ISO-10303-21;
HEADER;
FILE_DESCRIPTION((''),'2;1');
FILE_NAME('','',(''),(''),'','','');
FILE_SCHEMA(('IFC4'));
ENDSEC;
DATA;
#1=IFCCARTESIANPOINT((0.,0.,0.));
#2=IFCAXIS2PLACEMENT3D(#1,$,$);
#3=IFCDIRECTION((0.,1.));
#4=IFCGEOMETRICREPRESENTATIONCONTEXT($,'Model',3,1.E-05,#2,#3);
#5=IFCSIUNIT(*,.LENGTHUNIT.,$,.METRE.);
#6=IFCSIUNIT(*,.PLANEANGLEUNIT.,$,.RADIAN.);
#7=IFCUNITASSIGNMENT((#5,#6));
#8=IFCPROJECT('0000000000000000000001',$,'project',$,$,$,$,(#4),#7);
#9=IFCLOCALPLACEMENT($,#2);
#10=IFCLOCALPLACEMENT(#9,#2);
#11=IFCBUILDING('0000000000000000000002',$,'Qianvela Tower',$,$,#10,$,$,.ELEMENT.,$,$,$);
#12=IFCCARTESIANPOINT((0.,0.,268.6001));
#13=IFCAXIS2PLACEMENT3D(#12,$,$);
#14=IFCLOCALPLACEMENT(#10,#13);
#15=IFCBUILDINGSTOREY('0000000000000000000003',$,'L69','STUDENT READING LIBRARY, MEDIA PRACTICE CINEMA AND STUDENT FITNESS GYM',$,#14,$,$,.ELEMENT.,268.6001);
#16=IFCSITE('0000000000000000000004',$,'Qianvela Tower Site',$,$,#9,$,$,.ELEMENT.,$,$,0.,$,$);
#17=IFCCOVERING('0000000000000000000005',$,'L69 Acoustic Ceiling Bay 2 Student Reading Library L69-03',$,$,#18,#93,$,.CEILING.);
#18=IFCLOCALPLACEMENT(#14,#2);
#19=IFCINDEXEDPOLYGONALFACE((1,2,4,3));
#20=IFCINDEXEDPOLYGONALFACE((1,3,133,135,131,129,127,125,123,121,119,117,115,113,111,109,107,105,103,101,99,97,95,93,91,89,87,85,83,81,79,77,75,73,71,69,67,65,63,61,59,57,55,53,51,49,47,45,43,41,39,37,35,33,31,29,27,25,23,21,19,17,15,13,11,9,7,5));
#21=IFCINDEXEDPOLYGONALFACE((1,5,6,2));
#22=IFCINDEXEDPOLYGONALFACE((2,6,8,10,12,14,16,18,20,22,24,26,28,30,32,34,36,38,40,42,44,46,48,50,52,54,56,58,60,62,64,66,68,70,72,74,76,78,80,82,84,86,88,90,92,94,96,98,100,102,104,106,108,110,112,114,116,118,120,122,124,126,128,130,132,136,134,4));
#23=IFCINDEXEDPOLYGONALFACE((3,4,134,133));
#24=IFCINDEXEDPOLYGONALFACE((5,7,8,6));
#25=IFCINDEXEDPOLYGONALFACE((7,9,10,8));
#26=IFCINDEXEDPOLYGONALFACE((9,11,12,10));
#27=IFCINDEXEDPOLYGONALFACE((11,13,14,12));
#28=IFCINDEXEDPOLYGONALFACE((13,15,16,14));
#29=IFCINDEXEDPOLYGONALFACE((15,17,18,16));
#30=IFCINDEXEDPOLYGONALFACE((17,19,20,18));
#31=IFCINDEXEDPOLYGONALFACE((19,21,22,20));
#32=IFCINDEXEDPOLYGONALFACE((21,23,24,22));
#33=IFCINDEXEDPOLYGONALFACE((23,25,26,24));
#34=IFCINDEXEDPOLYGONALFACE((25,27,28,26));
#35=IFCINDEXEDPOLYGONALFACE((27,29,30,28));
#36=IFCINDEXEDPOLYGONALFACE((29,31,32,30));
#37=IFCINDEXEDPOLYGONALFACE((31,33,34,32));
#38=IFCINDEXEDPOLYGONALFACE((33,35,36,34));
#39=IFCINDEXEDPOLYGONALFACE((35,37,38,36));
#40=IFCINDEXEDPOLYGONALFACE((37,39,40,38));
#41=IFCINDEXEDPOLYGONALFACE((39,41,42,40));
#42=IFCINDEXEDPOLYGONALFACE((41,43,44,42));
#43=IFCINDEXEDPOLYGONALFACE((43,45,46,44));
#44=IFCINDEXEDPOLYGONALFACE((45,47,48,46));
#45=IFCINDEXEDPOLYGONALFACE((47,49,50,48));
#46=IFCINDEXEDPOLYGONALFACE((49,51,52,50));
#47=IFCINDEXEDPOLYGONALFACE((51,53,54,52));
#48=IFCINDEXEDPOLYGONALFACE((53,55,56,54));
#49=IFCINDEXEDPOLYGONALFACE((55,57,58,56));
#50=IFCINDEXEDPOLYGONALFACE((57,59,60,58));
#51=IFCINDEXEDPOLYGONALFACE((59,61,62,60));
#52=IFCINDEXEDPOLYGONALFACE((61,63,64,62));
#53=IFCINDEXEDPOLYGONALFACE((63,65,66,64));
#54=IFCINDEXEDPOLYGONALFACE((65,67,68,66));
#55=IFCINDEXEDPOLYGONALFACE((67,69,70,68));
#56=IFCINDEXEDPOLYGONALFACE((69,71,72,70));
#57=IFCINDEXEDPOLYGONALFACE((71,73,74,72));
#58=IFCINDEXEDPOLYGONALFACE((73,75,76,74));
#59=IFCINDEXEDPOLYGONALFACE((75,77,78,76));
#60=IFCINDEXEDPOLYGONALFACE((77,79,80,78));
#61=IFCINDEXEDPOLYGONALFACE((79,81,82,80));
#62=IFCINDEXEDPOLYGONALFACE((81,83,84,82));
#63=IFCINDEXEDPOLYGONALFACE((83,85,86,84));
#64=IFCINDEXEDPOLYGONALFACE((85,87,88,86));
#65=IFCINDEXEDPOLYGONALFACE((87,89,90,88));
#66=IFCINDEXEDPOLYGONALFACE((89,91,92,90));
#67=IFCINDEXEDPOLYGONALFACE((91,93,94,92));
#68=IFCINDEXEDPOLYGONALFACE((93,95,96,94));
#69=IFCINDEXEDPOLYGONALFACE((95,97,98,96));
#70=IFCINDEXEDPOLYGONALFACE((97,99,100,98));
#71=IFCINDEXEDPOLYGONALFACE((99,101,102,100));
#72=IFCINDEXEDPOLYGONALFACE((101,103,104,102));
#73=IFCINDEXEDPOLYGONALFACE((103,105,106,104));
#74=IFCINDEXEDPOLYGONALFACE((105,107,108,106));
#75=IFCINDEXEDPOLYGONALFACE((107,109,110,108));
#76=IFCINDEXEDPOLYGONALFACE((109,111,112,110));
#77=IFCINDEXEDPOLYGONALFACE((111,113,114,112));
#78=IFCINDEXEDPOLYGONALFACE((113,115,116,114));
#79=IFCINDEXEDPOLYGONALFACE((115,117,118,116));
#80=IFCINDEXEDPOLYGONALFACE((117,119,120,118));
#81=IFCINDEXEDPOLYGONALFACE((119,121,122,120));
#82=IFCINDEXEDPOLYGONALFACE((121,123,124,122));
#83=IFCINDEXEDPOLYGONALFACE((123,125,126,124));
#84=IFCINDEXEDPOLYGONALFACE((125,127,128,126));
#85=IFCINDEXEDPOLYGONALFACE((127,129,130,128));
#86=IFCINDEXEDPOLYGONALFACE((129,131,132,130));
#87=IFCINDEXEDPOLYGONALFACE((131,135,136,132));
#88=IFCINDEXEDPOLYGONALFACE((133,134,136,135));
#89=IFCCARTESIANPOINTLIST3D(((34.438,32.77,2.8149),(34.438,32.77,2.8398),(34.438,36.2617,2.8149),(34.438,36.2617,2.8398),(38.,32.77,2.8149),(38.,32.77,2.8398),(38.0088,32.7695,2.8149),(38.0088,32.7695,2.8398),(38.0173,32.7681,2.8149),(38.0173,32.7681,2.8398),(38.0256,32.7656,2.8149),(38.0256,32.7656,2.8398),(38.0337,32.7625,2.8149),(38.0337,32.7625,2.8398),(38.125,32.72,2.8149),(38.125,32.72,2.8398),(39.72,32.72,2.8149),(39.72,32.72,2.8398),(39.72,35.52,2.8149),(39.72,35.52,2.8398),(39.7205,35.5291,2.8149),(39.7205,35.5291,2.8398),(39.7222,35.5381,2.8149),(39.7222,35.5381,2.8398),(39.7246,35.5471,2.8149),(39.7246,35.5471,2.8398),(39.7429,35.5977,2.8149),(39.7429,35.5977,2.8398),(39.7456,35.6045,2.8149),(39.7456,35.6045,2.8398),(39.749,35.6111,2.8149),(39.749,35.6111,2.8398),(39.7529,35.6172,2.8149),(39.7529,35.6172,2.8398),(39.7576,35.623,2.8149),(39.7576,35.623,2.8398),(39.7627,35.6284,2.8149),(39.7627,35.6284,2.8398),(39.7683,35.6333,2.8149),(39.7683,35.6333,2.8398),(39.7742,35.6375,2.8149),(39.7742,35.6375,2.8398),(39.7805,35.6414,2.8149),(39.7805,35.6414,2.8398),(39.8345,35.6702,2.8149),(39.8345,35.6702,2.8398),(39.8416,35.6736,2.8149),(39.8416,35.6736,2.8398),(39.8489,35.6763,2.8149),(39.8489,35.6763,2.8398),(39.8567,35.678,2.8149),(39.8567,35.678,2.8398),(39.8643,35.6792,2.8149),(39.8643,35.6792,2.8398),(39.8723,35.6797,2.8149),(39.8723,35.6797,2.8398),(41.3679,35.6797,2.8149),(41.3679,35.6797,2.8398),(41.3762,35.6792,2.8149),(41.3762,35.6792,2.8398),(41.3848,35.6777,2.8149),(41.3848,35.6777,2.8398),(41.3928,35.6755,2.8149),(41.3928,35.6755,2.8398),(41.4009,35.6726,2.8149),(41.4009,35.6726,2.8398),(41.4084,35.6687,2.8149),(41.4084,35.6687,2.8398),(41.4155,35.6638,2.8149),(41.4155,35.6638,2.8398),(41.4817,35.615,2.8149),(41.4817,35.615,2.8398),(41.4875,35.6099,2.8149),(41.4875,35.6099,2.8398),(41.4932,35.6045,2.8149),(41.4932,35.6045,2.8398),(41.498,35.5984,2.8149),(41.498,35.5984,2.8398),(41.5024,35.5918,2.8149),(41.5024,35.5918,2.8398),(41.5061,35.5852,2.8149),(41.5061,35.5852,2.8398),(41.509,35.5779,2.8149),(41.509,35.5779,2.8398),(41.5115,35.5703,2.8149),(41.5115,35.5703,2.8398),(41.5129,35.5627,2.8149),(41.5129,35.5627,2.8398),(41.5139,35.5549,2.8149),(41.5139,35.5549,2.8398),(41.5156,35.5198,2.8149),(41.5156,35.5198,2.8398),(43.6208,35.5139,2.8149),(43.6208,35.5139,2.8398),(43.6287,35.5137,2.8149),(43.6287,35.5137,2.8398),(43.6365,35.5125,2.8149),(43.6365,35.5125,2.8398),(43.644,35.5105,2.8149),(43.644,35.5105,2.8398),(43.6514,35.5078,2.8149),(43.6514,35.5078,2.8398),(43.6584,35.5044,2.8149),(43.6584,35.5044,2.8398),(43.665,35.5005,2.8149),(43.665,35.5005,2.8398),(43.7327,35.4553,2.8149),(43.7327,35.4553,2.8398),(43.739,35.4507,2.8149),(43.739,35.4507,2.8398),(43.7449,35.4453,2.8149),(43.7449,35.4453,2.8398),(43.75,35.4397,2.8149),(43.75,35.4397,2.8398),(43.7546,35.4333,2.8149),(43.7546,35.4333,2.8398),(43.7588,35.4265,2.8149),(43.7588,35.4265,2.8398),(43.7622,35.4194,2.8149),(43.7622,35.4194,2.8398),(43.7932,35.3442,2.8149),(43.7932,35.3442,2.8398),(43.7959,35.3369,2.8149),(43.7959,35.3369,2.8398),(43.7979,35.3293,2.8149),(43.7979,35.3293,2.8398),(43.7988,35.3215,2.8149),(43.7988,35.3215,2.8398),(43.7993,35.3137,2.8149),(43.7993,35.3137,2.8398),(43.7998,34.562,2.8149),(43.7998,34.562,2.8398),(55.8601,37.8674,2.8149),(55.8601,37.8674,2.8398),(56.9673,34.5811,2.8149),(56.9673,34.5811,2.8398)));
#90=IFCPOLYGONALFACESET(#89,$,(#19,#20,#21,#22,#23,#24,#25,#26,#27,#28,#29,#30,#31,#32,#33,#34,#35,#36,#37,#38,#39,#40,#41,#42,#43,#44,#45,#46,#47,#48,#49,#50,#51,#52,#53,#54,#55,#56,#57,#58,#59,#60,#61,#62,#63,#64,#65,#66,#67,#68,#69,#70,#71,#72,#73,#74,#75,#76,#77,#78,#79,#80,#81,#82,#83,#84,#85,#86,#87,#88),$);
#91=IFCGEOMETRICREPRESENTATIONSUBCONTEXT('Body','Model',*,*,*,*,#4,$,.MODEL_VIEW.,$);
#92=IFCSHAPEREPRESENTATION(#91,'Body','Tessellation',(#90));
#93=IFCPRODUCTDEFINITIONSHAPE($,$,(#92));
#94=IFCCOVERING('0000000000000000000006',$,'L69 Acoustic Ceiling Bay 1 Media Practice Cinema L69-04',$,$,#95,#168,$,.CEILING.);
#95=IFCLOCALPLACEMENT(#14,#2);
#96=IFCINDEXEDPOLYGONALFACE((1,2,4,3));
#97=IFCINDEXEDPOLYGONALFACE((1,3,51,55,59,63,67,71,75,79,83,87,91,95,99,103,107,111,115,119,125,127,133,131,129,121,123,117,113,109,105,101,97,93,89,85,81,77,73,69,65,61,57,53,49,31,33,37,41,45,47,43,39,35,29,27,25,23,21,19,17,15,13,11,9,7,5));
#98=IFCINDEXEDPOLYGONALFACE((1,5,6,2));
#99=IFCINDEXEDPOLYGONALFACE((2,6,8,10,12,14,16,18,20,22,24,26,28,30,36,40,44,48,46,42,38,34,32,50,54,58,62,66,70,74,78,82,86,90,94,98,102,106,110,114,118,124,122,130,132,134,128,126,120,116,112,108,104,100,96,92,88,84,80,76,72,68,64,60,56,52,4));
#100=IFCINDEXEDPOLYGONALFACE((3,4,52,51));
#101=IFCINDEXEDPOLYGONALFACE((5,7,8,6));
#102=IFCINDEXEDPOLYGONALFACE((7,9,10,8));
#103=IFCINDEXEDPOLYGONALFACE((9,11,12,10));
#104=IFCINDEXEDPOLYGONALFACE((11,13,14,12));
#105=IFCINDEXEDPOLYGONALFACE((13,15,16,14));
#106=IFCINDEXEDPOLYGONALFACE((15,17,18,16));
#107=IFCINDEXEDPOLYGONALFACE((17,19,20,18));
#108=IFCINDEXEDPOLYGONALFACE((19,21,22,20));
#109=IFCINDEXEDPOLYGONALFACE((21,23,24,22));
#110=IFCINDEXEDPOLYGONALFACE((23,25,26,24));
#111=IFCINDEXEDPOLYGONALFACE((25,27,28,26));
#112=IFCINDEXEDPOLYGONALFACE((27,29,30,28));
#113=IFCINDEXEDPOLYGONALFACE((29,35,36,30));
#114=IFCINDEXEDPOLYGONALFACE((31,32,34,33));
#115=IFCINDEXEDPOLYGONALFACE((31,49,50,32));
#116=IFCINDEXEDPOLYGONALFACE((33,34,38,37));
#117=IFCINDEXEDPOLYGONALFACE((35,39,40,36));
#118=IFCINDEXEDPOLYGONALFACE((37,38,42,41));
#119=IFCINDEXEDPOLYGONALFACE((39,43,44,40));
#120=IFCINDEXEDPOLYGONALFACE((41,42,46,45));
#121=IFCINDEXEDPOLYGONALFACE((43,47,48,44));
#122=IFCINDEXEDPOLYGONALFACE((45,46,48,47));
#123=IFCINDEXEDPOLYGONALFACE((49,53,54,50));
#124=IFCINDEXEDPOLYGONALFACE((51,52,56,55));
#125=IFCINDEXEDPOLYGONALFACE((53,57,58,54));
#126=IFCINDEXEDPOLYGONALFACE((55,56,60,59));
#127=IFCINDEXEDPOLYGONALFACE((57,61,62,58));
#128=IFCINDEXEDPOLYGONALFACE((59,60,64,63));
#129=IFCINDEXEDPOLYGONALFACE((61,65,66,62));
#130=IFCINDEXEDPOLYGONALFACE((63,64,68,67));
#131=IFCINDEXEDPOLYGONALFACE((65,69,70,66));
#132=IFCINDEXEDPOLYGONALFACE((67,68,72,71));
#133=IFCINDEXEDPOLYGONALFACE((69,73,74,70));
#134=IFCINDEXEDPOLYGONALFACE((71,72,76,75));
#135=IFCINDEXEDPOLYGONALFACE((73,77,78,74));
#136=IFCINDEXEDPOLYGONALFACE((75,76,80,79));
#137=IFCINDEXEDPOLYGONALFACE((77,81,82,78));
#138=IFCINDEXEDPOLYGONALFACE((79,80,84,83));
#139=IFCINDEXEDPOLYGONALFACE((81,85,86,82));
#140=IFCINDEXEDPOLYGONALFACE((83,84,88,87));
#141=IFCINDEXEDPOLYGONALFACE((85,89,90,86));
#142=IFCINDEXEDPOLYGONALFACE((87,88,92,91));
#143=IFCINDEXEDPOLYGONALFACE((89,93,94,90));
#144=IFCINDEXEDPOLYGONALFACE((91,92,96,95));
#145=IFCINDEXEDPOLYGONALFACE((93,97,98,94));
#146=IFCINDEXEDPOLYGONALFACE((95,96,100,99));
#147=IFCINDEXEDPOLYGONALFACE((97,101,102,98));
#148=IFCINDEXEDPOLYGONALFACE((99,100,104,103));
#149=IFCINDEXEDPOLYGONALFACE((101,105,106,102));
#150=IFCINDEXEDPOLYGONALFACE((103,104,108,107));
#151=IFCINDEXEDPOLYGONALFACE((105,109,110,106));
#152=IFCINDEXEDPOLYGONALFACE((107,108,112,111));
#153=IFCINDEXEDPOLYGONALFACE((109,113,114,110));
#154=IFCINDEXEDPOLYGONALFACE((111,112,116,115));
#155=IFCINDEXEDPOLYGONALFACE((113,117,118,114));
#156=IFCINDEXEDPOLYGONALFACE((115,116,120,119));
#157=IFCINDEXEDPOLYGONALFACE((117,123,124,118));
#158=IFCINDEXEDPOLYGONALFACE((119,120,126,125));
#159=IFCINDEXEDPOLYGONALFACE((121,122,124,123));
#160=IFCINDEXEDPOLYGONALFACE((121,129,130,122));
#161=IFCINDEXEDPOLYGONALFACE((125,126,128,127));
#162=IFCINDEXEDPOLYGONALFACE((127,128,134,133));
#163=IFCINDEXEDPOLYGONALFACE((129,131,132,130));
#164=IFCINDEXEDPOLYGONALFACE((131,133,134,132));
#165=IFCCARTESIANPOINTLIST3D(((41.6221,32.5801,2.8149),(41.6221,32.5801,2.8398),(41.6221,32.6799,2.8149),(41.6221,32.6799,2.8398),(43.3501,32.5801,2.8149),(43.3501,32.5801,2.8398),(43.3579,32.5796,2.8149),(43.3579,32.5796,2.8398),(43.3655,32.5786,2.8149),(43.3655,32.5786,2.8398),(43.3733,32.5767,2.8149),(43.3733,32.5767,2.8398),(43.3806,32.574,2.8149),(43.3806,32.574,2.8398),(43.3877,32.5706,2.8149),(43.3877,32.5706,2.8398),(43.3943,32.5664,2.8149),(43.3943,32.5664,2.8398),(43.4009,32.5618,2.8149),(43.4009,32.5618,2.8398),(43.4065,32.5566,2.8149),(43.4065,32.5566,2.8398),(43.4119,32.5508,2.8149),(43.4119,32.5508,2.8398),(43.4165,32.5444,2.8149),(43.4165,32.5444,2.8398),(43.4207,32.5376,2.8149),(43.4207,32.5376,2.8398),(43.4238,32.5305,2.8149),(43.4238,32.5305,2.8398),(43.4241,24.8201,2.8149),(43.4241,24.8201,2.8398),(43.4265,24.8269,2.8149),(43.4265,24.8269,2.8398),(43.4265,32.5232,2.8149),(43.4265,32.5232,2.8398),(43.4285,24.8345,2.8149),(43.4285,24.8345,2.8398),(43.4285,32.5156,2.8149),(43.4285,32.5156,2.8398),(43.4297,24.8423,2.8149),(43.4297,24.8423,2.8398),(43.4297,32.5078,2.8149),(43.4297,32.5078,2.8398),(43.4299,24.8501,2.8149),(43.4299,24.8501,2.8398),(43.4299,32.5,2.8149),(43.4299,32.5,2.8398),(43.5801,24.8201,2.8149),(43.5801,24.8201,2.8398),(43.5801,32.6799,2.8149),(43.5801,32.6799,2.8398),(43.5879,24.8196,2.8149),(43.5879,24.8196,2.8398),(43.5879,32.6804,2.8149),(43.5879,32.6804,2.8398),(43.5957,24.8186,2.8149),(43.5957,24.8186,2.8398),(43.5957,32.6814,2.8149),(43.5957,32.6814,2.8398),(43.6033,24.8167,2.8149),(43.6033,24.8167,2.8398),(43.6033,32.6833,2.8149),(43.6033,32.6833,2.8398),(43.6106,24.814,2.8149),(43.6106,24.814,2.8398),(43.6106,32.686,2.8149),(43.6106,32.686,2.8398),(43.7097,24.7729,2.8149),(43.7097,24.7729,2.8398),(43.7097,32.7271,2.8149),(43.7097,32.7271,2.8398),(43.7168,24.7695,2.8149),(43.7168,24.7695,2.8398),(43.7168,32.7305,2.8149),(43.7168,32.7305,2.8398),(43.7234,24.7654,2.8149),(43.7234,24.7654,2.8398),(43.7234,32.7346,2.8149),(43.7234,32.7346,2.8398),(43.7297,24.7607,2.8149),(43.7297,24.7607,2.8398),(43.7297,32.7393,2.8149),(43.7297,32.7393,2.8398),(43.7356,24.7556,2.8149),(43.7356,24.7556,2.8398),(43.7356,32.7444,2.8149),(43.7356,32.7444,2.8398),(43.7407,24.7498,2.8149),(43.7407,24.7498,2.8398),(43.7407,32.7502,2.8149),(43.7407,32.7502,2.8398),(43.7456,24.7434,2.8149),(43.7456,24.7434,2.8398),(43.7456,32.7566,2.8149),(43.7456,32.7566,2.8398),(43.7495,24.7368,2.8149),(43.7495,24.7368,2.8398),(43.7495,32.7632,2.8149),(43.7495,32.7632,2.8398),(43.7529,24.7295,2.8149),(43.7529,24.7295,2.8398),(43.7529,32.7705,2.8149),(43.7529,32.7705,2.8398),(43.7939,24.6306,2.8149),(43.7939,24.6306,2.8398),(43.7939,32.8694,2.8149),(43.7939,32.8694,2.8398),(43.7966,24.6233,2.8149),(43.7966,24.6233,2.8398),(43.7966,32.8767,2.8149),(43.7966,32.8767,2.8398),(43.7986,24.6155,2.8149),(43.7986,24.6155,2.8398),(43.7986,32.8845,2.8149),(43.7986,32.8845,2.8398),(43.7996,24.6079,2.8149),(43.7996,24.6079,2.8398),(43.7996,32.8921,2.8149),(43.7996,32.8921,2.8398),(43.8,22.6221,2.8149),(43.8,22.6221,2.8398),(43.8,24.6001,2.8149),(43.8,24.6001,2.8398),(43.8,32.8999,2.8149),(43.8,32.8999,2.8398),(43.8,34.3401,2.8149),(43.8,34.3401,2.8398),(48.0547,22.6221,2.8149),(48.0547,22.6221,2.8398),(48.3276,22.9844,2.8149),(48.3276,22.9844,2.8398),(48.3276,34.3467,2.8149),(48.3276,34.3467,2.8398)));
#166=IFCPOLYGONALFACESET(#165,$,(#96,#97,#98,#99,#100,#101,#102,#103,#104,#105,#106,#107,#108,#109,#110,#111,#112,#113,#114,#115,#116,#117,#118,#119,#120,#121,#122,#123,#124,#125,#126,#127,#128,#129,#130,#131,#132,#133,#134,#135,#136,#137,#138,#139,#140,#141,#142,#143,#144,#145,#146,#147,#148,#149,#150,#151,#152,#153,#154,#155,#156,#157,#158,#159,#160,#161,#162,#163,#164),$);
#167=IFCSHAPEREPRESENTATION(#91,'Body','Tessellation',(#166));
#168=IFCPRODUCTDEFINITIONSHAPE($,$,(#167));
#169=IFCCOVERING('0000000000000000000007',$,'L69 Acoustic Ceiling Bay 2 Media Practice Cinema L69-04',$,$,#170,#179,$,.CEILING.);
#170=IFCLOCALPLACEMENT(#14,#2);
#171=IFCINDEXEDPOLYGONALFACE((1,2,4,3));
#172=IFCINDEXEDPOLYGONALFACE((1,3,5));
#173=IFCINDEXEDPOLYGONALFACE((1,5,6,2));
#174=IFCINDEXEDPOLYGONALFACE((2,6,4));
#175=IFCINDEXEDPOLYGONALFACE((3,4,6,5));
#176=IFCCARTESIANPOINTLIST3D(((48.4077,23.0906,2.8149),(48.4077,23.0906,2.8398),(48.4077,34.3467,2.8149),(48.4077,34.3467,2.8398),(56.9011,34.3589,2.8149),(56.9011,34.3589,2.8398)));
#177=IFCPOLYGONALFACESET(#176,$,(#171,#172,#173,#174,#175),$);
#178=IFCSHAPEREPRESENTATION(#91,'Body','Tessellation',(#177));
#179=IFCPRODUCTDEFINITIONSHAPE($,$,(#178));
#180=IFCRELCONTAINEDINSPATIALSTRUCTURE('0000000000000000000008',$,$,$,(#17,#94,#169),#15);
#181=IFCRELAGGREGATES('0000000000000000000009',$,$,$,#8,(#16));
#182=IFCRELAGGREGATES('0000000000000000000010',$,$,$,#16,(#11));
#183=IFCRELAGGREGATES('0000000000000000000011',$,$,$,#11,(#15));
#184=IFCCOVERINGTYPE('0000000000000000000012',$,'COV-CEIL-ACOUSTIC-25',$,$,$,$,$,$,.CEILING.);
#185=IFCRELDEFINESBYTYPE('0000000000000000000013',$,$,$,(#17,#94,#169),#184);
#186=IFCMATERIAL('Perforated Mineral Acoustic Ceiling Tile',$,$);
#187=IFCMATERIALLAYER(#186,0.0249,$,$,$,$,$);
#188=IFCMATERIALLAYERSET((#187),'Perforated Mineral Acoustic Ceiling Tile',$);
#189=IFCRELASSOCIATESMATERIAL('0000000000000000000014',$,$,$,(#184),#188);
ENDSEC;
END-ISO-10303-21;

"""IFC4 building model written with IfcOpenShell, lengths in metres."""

from ifc_helpers import new_model, si_unit, direction, frame, origin, place, context, subcontext, project, spatial, polyline, outline, extrude, material, layer, layer_set, type_object, element, save


model = new_model("IFC4")

# Units and contexts
model_context = context("Model", 3, precision=1e-05, world=origin(), true_north=direction((0.0, 1.0)))
body_context = subcontext(model_context, "Body", "Model", "MODEL_VIEW")
ifc_project = project(units=[si_unit("LENGTHUNIT", "METRE"), si_unit("PLANEANGLEUNIT", "RADIAN")], contexts=[model_context])

# Site, building, storey
site_placement = place(None, origin())
site = spatial("IfcSite", under=ifc_project, at=site_placement, Name="Qianvela Tower Site", CompositionType="ELEMENT", RefElevation=0.0)
building_placement = place(site_placement, origin())
building = spatial("IfcBuilding", under=site, at=building_placement, Name="Qianvela Tower", CompositionType="ELEMENT")
storey_placement = place(building_placement, frame((0.0, 0.0, 268.6001)))
storey = spatial("IfcBuildingStorey", under=building, at=storey_placement, Name="L69", Description="STUDENT READING LIBRARY, MEDIA PRACTICE CINEMA AND STUDENT FITNESS GYM", CompositionType="ELEMENT", Elevation=268.6001)

# Coverings
ifc_material_1 = material(Name="Perforated Mineral Acoustic Ceiling Tile")
ifc_layer_1 = layer(ifc_material_1, 0.0249)
ifc_layer_set_1 = layer_set([ifc_layer_1], Name="Perforated Mineral Acoustic Ceiling Tile")
covering_type_1 = type_object("IfcCoveringType", Name="COV-CEIL-ACOUSTIC-25", PredefinedType="CEILING", material=ifc_layer_set_1)
covering_1_placement = place(storey_placement, frame((0.0, 0.0, 2.8149)))
element("IfcCovering", 1, at=covering_1_placement, inside=storey, type_object=covering_type_1, Name="L69 Acoustic Ceiling Bay 2 Student Reading Library L69-03", PredefinedType="CEILING", context=body_context, shape_type="SweptSolid", body=[
    extrude(outline(polyline([(55.8601, 37.8674), (56.9673, 34.5811), (43.7998, 34.562), (43.7993, 35.3137), (43.7988, 35.3215), (43.7979, 35.3293), (43.7959, 35.3369), (43.7932, 35.3442), (43.7622, 35.4194), (43.7588, 35.4265), (43.7546, 35.4333), (43.75, 35.4397), (43.7449, 35.4453), (43.739, 35.4507), (43.7327, 35.4553), (43.665, 35.5005), (43.6584, 35.5044), (43.6514, 35.5078), (43.644, 35.5105), (43.6365, 35.5125), (43.6287, 35.5137), (43.6208, 35.5139), (41.5156, 35.5198), (41.5139, 35.5549), (41.5129, 35.5627), (41.5115, 35.5703), (41.509, 35.5779), (41.5061, 35.5852), (41.5024, 35.5918), (41.498, 35.5984), (41.4932, 35.6045), (41.4875, 35.6099), (41.4817, 35.615), (41.4155, 35.6638), (41.4084, 35.6687), (41.4009, 35.6726), (41.3928, 35.6755), (41.3848, 35.6777), (41.3762, 35.6792), (41.3679, 35.6797), (39.8723, 35.6797), (39.8643, 35.6792), (39.8567, 35.678), (39.8489, 35.6763), (39.8416, 35.6736), (39.8345, 35.6702), (39.7805, 35.6414), (39.7742, 35.6375), (39.7683, 35.6333), (39.7627, 35.6284), (39.7576, 35.623), (39.7529, 35.6172), (39.749, 35.6111), (39.7456, 35.6045), (39.7429, 35.5977), (39.7246, 35.5471), (39.7222, 35.5381), (39.7205, 35.5291), (39.72, 35.52), (39.72, 32.72), (38.125, 32.72), (38.0337, 32.7625), (38.0256, 32.7656), (38.0173, 32.7681), (38.0088, 32.7695), (38.0, 32.77), (34.438, 32.77), (34.438, 36.2617), (55.8601, 37.8674)])), origin(), (0.0, 0.0, 1.0), 0.0249),
])
covering_2_placement = place(storey_placement, frame((0.0, 0.0, 2.8149)))
element("IfcCovering", 2, at=covering_2_placement, inside=storey, type_object=covering_type_1, Name="L69 Acoustic Ceiling Bay 1 Media Practice Cinema L69-04", PredefinedType="CEILING", context=body_context, shape_type="SweptSolid", body=[
    extrude(outline(polyline([(43.4265, 24.8269), (43.4285, 24.8345), (43.4297, 24.8423), (43.4299, 24.8501), (43.4299, 32.5), (43.4297, 32.5078), (43.4285, 32.5156), (43.4265, 32.5232), (43.4238, 32.5305), (43.4207, 32.5376), (43.4165, 32.5444), (43.4119, 32.5508), (43.4065, 32.5566), (43.4009, 32.5618), (43.3943, 32.5664), (43.3877, 32.5706), (43.3806, 32.574), (43.3733, 32.5767), (43.3655, 32.5786), (43.3579, 32.5796), (43.3501, 32.5801), (41.6221, 32.5801), (41.6221, 32.6799), (43.5801, 32.6799), (43.5879, 32.6804), (43.5957, 32.6814), (43.6033, 32.6833), (43.6106, 32.686), (43.7097, 32.7271), (43.7168, 32.7305), (43.7234, 32.7346), (43.7297, 32.7393), (43.7356, 32.7444), (43.7407, 32.7502), (43.7456, 32.7566), (43.7495, 32.7632), (43.7529, 32.7705), (43.7939, 32.8694), (43.7966, 32.8767), (43.7986, 32.8845), (43.7996, 32.8921), (43.8, 32.8999), (43.8, 34.3401), (48.3276, 34.3467), (48.3276, 22.9844), (48.0547, 22.6221), (43.8, 22.6221), (43.8, 24.6001), (43.7996, 24.6079), (43.7986, 24.6155), (43.7966, 24.6233), (43.7939, 24.6306), (43.7529, 24.7295), (43.7495, 24.7368), (43.7456, 24.7434), (43.7407, 24.7498), (43.7356, 24.7556), (43.7297, 24.7607), (43.7234, 24.7654), (43.7168, 24.7695), (43.7097, 24.7729), (43.6106, 24.814), (43.6033, 24.8167), (43.5957, 24.8186), (43.5879, 24.8196), (43.5801, 24.8201), (43.4241, 24.8201), (43.4265, 24.8269)])), origin(), (0.0, 0.0, 1.0), 0.0249),
])
covering_3_placement = place(storey_placement, frame((0.0, 0.0, 2.8149)))
element("IfcCovering", 3, at=covering_3_placement, inside=storey, type_object=covering_type_1, Name="L69 Acoustic Ceiling Bay 2 Media Practice Cinema L69-04", PredefinedType="CEILING", context=body_context, shape_type="SweptSolid", body=[
    extrude(outline(polyline([(56.9011, 34.3589), (48.4077, 23.0906), (48.4077, 34.3467), (56.9011, 34.3589)])), origin(), (0.0, 0.0, 1.0), 0.0249),
])

save(model, "model.ifc")
